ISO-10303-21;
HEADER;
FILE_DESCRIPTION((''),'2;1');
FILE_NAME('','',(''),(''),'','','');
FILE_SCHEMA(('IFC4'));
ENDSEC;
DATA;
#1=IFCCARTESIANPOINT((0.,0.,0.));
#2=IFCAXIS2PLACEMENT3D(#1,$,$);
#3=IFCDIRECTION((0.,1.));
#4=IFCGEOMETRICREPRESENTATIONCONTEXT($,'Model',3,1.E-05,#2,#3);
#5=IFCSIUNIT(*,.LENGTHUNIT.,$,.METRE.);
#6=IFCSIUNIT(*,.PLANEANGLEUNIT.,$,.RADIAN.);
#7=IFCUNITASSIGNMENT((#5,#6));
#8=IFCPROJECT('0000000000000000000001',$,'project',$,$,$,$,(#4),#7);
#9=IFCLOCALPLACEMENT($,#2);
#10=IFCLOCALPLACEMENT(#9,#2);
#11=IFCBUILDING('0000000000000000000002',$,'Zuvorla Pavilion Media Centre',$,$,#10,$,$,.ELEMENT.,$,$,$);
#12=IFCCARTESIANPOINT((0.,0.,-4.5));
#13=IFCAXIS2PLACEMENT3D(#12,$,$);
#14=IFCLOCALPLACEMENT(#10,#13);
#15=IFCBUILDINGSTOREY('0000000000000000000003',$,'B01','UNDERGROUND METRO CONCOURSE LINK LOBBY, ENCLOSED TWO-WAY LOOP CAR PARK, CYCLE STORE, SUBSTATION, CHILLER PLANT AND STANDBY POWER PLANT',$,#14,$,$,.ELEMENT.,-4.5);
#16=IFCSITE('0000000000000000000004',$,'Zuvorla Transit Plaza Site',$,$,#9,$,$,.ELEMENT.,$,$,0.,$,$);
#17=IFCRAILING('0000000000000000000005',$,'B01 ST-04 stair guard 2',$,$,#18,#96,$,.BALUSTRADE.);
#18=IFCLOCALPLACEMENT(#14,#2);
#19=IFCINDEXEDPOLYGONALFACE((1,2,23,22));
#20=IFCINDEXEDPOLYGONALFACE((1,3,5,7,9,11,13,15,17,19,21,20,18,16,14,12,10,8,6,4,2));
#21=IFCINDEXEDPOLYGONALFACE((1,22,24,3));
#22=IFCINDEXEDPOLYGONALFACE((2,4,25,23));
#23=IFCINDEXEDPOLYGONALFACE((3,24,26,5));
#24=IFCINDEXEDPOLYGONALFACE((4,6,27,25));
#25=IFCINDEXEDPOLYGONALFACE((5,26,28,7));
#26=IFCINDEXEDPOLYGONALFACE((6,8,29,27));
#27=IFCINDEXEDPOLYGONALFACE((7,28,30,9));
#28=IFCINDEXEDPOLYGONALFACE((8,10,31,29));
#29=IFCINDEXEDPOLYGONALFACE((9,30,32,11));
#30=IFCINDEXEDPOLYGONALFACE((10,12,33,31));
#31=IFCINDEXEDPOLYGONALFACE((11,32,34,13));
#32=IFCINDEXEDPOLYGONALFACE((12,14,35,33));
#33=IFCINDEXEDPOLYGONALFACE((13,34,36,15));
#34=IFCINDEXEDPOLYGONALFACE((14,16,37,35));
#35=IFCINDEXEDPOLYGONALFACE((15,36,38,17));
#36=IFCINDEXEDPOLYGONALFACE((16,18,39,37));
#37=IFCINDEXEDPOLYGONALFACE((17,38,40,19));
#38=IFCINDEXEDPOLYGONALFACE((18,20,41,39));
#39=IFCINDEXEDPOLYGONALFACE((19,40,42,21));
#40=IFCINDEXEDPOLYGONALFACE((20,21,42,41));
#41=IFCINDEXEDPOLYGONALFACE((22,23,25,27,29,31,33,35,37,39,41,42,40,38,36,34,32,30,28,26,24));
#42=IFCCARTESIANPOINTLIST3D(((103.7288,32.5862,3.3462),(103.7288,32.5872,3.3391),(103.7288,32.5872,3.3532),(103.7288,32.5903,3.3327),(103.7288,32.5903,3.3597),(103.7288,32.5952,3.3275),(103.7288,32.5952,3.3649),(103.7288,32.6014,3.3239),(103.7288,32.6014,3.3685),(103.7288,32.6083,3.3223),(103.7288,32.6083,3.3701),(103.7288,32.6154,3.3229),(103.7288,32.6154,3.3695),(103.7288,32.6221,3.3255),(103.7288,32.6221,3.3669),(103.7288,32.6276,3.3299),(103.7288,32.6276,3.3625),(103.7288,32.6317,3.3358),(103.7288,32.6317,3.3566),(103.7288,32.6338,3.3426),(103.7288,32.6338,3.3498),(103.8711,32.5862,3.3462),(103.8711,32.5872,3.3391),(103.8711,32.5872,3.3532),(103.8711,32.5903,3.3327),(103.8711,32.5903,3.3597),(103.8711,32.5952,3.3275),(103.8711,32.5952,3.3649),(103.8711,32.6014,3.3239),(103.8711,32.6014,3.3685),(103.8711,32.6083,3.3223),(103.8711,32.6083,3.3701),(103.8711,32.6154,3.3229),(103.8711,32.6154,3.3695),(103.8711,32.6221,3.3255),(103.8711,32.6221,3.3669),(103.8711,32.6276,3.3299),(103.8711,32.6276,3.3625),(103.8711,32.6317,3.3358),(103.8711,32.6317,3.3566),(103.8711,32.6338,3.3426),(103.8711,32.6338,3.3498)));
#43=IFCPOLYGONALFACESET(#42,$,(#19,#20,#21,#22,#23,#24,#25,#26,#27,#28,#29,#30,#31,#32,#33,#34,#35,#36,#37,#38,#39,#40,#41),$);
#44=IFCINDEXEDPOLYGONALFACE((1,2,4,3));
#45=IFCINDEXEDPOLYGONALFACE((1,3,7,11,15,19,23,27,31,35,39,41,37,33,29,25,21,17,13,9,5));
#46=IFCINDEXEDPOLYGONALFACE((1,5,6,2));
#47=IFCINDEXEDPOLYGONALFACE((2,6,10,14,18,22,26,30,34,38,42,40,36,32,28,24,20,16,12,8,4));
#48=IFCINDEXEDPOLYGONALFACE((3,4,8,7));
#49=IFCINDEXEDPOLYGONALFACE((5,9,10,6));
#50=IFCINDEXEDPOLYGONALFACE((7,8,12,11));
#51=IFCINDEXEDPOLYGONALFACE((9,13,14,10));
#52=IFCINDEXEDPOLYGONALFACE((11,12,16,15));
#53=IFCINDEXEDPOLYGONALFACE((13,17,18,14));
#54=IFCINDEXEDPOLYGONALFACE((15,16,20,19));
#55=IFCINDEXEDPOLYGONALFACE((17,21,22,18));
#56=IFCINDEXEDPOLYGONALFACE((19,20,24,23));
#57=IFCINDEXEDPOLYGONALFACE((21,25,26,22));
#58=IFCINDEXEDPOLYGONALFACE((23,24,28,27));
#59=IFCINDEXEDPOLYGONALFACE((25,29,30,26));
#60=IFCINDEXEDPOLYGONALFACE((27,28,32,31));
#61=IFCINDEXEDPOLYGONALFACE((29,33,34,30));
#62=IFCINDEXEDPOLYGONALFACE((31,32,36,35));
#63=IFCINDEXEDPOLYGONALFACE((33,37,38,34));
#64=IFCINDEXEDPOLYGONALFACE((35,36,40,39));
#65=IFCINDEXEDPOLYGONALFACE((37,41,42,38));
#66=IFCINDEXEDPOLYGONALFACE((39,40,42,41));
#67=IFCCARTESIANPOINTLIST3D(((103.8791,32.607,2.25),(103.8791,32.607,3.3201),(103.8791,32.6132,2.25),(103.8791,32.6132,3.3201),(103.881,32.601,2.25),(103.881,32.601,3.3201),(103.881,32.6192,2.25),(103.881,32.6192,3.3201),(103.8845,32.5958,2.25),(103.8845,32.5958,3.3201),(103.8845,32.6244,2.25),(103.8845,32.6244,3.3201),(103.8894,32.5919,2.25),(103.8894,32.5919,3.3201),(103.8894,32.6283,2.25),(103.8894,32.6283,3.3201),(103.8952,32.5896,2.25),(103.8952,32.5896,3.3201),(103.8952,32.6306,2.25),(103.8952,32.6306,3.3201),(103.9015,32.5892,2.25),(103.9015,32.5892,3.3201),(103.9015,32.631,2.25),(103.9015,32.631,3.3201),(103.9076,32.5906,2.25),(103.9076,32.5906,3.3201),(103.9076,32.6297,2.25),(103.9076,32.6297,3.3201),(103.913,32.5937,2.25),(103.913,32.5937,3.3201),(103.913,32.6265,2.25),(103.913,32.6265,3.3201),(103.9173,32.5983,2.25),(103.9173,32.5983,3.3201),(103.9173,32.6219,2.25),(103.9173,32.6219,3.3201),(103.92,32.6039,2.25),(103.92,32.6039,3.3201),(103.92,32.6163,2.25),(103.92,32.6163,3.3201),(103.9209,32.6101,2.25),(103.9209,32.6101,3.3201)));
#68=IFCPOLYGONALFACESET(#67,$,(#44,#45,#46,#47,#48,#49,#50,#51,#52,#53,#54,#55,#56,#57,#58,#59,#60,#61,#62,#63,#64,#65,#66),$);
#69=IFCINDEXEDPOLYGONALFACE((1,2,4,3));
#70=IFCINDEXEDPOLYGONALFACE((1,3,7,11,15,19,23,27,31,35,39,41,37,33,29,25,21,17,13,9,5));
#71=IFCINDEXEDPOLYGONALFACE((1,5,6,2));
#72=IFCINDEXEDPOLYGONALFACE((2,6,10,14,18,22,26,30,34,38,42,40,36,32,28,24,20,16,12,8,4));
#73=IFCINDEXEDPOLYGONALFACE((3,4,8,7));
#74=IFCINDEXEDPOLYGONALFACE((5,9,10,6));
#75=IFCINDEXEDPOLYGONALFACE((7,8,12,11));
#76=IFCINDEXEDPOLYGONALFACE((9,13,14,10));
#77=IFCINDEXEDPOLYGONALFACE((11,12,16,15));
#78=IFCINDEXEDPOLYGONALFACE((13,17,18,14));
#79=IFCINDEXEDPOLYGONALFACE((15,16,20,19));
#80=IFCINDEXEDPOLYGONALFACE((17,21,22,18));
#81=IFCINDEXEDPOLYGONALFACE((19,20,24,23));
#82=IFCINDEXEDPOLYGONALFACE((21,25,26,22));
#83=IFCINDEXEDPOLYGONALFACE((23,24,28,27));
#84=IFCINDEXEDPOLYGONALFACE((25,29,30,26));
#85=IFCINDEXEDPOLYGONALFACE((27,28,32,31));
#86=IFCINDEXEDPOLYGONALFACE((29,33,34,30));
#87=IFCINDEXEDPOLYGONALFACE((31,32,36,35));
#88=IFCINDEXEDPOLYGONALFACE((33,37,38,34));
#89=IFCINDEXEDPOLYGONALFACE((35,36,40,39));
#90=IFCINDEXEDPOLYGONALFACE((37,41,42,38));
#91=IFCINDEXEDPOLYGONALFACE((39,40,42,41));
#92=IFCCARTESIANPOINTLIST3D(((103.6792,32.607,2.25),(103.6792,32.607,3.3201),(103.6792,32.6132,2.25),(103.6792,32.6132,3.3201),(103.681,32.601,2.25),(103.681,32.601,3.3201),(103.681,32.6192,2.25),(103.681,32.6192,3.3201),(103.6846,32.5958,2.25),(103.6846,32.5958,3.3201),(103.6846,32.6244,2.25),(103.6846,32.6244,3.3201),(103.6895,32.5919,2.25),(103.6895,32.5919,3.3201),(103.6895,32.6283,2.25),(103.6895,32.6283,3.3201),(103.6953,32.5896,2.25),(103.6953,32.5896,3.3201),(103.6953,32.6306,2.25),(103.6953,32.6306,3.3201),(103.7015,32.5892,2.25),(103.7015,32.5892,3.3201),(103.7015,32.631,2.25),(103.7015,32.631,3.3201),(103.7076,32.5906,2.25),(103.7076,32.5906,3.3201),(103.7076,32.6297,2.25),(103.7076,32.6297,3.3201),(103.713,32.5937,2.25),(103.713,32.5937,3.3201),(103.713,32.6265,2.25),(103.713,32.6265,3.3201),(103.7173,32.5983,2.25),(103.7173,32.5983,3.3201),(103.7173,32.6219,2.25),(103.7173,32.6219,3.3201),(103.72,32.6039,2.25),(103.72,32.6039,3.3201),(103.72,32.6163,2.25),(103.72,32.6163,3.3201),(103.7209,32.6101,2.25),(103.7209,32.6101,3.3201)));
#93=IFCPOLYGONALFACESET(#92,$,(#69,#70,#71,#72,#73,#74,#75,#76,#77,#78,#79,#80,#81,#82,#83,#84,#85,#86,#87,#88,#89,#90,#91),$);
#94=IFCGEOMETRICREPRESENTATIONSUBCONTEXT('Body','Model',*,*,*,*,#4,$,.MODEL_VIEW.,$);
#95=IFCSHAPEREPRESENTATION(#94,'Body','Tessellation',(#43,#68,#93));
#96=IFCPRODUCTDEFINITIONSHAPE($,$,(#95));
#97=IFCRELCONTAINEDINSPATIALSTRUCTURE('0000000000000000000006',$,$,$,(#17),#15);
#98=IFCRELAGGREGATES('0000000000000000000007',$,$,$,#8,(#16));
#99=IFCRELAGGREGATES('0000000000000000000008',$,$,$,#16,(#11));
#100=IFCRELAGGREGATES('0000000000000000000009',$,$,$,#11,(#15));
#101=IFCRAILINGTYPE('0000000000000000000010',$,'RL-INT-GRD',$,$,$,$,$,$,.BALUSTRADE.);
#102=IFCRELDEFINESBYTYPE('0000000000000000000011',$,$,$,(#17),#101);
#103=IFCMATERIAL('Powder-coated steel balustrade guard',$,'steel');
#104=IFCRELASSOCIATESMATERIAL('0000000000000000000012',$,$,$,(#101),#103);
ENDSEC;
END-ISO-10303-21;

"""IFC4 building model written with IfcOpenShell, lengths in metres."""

from ifc_helpers import new_model, si_unit, direction, frame, origin, origin_2d, place, context, subcontext, project, spatial, circle, extrude, material, type_object, element, save


model = new_model("IFC4")

# Units and contexts
model_context = context("Model", 3, precision=1e-05, world=origin(), true_north=direction((0.0, 1.0)))
body_context = subcontext(model_context, "Body", "Model", "MODEL_VIEW")
ifc_project = project(units=[si_unit("LENGTHUNIT", "METRE"), si_unit("PLANEANGLEUNIT", "RADIAN")], contexts=[model_context])

# Site, building, storey
site_placement = place(None, origin())
site = spatial("IfcSite", under=ifc_project, at=site_placement, Name="Zuvorla Transit Plaza Site", CompositionType="ELEMENT", RefElevation=0.0)
building_placement = place(site_placement, origin())
building = spatial("IfcBuilding", under=site, at=building_placement, Name="Zuvorla Pavilion Media Centre", CompositionType="ELEMENT")
storey_placement = place(building_placement, frame((0.0, 0.0, -4.5)))
storey = spatial("IfcBuildingStorey", under=building, at=storey_placement, Name="B01", Description="UNDERGROUND METRO CONCOURSE LINK LOBBY, ENCLOSED TWO-WAY LOOP CAR PARK, CYCLE STORE, SUBSTATION, CHILLER PLANT AND STANDBY POWER PLANT", CompositionType="ELEMENT", Elevation=-4.5)

# Railing
ifc_material_1 = material(Name="Powder-coated steel balustrade guard", Category="steel")
railing_type = type_object("IfcRailingType", Name="RL-INT-GRD", PredefinedType="BALUSTRADE", material=ifc_material_1)
railing_1_placement = place(storey_placement, frame((103.8999, 32.6101, 2.25)))
element("IfcRailing", 1, at=railing_1_placement, inside=storey, type_object=railing_type, Name="B01 ST-04 stair guard 2", PredefinedType="BALUSTRADE", context=body_context, shape_type="SweptSolid", body=[
    extrude(circle(Radius=0.0239, at=origin_2d()), frame((-0.0288, 0.0, 1.0962), z_axis=(-1.0, 0.0, 0.0), x_axis=(0.0, -1.0, 0.0)), (0.0, 0.0, 1.0), 0.1423),
    extrude(circle(Radius=0.021, at=origin_2d()), origin(), (0.0, 0.0, 1.0), 1.0701),
    extrude(circle(Radius=0.021, at=origin_2d()), frame((-0.2, 0.0, 0.0)), (0.0, 0.0, 1.0), 1.0701),
])

save(model, "model.ifc")
